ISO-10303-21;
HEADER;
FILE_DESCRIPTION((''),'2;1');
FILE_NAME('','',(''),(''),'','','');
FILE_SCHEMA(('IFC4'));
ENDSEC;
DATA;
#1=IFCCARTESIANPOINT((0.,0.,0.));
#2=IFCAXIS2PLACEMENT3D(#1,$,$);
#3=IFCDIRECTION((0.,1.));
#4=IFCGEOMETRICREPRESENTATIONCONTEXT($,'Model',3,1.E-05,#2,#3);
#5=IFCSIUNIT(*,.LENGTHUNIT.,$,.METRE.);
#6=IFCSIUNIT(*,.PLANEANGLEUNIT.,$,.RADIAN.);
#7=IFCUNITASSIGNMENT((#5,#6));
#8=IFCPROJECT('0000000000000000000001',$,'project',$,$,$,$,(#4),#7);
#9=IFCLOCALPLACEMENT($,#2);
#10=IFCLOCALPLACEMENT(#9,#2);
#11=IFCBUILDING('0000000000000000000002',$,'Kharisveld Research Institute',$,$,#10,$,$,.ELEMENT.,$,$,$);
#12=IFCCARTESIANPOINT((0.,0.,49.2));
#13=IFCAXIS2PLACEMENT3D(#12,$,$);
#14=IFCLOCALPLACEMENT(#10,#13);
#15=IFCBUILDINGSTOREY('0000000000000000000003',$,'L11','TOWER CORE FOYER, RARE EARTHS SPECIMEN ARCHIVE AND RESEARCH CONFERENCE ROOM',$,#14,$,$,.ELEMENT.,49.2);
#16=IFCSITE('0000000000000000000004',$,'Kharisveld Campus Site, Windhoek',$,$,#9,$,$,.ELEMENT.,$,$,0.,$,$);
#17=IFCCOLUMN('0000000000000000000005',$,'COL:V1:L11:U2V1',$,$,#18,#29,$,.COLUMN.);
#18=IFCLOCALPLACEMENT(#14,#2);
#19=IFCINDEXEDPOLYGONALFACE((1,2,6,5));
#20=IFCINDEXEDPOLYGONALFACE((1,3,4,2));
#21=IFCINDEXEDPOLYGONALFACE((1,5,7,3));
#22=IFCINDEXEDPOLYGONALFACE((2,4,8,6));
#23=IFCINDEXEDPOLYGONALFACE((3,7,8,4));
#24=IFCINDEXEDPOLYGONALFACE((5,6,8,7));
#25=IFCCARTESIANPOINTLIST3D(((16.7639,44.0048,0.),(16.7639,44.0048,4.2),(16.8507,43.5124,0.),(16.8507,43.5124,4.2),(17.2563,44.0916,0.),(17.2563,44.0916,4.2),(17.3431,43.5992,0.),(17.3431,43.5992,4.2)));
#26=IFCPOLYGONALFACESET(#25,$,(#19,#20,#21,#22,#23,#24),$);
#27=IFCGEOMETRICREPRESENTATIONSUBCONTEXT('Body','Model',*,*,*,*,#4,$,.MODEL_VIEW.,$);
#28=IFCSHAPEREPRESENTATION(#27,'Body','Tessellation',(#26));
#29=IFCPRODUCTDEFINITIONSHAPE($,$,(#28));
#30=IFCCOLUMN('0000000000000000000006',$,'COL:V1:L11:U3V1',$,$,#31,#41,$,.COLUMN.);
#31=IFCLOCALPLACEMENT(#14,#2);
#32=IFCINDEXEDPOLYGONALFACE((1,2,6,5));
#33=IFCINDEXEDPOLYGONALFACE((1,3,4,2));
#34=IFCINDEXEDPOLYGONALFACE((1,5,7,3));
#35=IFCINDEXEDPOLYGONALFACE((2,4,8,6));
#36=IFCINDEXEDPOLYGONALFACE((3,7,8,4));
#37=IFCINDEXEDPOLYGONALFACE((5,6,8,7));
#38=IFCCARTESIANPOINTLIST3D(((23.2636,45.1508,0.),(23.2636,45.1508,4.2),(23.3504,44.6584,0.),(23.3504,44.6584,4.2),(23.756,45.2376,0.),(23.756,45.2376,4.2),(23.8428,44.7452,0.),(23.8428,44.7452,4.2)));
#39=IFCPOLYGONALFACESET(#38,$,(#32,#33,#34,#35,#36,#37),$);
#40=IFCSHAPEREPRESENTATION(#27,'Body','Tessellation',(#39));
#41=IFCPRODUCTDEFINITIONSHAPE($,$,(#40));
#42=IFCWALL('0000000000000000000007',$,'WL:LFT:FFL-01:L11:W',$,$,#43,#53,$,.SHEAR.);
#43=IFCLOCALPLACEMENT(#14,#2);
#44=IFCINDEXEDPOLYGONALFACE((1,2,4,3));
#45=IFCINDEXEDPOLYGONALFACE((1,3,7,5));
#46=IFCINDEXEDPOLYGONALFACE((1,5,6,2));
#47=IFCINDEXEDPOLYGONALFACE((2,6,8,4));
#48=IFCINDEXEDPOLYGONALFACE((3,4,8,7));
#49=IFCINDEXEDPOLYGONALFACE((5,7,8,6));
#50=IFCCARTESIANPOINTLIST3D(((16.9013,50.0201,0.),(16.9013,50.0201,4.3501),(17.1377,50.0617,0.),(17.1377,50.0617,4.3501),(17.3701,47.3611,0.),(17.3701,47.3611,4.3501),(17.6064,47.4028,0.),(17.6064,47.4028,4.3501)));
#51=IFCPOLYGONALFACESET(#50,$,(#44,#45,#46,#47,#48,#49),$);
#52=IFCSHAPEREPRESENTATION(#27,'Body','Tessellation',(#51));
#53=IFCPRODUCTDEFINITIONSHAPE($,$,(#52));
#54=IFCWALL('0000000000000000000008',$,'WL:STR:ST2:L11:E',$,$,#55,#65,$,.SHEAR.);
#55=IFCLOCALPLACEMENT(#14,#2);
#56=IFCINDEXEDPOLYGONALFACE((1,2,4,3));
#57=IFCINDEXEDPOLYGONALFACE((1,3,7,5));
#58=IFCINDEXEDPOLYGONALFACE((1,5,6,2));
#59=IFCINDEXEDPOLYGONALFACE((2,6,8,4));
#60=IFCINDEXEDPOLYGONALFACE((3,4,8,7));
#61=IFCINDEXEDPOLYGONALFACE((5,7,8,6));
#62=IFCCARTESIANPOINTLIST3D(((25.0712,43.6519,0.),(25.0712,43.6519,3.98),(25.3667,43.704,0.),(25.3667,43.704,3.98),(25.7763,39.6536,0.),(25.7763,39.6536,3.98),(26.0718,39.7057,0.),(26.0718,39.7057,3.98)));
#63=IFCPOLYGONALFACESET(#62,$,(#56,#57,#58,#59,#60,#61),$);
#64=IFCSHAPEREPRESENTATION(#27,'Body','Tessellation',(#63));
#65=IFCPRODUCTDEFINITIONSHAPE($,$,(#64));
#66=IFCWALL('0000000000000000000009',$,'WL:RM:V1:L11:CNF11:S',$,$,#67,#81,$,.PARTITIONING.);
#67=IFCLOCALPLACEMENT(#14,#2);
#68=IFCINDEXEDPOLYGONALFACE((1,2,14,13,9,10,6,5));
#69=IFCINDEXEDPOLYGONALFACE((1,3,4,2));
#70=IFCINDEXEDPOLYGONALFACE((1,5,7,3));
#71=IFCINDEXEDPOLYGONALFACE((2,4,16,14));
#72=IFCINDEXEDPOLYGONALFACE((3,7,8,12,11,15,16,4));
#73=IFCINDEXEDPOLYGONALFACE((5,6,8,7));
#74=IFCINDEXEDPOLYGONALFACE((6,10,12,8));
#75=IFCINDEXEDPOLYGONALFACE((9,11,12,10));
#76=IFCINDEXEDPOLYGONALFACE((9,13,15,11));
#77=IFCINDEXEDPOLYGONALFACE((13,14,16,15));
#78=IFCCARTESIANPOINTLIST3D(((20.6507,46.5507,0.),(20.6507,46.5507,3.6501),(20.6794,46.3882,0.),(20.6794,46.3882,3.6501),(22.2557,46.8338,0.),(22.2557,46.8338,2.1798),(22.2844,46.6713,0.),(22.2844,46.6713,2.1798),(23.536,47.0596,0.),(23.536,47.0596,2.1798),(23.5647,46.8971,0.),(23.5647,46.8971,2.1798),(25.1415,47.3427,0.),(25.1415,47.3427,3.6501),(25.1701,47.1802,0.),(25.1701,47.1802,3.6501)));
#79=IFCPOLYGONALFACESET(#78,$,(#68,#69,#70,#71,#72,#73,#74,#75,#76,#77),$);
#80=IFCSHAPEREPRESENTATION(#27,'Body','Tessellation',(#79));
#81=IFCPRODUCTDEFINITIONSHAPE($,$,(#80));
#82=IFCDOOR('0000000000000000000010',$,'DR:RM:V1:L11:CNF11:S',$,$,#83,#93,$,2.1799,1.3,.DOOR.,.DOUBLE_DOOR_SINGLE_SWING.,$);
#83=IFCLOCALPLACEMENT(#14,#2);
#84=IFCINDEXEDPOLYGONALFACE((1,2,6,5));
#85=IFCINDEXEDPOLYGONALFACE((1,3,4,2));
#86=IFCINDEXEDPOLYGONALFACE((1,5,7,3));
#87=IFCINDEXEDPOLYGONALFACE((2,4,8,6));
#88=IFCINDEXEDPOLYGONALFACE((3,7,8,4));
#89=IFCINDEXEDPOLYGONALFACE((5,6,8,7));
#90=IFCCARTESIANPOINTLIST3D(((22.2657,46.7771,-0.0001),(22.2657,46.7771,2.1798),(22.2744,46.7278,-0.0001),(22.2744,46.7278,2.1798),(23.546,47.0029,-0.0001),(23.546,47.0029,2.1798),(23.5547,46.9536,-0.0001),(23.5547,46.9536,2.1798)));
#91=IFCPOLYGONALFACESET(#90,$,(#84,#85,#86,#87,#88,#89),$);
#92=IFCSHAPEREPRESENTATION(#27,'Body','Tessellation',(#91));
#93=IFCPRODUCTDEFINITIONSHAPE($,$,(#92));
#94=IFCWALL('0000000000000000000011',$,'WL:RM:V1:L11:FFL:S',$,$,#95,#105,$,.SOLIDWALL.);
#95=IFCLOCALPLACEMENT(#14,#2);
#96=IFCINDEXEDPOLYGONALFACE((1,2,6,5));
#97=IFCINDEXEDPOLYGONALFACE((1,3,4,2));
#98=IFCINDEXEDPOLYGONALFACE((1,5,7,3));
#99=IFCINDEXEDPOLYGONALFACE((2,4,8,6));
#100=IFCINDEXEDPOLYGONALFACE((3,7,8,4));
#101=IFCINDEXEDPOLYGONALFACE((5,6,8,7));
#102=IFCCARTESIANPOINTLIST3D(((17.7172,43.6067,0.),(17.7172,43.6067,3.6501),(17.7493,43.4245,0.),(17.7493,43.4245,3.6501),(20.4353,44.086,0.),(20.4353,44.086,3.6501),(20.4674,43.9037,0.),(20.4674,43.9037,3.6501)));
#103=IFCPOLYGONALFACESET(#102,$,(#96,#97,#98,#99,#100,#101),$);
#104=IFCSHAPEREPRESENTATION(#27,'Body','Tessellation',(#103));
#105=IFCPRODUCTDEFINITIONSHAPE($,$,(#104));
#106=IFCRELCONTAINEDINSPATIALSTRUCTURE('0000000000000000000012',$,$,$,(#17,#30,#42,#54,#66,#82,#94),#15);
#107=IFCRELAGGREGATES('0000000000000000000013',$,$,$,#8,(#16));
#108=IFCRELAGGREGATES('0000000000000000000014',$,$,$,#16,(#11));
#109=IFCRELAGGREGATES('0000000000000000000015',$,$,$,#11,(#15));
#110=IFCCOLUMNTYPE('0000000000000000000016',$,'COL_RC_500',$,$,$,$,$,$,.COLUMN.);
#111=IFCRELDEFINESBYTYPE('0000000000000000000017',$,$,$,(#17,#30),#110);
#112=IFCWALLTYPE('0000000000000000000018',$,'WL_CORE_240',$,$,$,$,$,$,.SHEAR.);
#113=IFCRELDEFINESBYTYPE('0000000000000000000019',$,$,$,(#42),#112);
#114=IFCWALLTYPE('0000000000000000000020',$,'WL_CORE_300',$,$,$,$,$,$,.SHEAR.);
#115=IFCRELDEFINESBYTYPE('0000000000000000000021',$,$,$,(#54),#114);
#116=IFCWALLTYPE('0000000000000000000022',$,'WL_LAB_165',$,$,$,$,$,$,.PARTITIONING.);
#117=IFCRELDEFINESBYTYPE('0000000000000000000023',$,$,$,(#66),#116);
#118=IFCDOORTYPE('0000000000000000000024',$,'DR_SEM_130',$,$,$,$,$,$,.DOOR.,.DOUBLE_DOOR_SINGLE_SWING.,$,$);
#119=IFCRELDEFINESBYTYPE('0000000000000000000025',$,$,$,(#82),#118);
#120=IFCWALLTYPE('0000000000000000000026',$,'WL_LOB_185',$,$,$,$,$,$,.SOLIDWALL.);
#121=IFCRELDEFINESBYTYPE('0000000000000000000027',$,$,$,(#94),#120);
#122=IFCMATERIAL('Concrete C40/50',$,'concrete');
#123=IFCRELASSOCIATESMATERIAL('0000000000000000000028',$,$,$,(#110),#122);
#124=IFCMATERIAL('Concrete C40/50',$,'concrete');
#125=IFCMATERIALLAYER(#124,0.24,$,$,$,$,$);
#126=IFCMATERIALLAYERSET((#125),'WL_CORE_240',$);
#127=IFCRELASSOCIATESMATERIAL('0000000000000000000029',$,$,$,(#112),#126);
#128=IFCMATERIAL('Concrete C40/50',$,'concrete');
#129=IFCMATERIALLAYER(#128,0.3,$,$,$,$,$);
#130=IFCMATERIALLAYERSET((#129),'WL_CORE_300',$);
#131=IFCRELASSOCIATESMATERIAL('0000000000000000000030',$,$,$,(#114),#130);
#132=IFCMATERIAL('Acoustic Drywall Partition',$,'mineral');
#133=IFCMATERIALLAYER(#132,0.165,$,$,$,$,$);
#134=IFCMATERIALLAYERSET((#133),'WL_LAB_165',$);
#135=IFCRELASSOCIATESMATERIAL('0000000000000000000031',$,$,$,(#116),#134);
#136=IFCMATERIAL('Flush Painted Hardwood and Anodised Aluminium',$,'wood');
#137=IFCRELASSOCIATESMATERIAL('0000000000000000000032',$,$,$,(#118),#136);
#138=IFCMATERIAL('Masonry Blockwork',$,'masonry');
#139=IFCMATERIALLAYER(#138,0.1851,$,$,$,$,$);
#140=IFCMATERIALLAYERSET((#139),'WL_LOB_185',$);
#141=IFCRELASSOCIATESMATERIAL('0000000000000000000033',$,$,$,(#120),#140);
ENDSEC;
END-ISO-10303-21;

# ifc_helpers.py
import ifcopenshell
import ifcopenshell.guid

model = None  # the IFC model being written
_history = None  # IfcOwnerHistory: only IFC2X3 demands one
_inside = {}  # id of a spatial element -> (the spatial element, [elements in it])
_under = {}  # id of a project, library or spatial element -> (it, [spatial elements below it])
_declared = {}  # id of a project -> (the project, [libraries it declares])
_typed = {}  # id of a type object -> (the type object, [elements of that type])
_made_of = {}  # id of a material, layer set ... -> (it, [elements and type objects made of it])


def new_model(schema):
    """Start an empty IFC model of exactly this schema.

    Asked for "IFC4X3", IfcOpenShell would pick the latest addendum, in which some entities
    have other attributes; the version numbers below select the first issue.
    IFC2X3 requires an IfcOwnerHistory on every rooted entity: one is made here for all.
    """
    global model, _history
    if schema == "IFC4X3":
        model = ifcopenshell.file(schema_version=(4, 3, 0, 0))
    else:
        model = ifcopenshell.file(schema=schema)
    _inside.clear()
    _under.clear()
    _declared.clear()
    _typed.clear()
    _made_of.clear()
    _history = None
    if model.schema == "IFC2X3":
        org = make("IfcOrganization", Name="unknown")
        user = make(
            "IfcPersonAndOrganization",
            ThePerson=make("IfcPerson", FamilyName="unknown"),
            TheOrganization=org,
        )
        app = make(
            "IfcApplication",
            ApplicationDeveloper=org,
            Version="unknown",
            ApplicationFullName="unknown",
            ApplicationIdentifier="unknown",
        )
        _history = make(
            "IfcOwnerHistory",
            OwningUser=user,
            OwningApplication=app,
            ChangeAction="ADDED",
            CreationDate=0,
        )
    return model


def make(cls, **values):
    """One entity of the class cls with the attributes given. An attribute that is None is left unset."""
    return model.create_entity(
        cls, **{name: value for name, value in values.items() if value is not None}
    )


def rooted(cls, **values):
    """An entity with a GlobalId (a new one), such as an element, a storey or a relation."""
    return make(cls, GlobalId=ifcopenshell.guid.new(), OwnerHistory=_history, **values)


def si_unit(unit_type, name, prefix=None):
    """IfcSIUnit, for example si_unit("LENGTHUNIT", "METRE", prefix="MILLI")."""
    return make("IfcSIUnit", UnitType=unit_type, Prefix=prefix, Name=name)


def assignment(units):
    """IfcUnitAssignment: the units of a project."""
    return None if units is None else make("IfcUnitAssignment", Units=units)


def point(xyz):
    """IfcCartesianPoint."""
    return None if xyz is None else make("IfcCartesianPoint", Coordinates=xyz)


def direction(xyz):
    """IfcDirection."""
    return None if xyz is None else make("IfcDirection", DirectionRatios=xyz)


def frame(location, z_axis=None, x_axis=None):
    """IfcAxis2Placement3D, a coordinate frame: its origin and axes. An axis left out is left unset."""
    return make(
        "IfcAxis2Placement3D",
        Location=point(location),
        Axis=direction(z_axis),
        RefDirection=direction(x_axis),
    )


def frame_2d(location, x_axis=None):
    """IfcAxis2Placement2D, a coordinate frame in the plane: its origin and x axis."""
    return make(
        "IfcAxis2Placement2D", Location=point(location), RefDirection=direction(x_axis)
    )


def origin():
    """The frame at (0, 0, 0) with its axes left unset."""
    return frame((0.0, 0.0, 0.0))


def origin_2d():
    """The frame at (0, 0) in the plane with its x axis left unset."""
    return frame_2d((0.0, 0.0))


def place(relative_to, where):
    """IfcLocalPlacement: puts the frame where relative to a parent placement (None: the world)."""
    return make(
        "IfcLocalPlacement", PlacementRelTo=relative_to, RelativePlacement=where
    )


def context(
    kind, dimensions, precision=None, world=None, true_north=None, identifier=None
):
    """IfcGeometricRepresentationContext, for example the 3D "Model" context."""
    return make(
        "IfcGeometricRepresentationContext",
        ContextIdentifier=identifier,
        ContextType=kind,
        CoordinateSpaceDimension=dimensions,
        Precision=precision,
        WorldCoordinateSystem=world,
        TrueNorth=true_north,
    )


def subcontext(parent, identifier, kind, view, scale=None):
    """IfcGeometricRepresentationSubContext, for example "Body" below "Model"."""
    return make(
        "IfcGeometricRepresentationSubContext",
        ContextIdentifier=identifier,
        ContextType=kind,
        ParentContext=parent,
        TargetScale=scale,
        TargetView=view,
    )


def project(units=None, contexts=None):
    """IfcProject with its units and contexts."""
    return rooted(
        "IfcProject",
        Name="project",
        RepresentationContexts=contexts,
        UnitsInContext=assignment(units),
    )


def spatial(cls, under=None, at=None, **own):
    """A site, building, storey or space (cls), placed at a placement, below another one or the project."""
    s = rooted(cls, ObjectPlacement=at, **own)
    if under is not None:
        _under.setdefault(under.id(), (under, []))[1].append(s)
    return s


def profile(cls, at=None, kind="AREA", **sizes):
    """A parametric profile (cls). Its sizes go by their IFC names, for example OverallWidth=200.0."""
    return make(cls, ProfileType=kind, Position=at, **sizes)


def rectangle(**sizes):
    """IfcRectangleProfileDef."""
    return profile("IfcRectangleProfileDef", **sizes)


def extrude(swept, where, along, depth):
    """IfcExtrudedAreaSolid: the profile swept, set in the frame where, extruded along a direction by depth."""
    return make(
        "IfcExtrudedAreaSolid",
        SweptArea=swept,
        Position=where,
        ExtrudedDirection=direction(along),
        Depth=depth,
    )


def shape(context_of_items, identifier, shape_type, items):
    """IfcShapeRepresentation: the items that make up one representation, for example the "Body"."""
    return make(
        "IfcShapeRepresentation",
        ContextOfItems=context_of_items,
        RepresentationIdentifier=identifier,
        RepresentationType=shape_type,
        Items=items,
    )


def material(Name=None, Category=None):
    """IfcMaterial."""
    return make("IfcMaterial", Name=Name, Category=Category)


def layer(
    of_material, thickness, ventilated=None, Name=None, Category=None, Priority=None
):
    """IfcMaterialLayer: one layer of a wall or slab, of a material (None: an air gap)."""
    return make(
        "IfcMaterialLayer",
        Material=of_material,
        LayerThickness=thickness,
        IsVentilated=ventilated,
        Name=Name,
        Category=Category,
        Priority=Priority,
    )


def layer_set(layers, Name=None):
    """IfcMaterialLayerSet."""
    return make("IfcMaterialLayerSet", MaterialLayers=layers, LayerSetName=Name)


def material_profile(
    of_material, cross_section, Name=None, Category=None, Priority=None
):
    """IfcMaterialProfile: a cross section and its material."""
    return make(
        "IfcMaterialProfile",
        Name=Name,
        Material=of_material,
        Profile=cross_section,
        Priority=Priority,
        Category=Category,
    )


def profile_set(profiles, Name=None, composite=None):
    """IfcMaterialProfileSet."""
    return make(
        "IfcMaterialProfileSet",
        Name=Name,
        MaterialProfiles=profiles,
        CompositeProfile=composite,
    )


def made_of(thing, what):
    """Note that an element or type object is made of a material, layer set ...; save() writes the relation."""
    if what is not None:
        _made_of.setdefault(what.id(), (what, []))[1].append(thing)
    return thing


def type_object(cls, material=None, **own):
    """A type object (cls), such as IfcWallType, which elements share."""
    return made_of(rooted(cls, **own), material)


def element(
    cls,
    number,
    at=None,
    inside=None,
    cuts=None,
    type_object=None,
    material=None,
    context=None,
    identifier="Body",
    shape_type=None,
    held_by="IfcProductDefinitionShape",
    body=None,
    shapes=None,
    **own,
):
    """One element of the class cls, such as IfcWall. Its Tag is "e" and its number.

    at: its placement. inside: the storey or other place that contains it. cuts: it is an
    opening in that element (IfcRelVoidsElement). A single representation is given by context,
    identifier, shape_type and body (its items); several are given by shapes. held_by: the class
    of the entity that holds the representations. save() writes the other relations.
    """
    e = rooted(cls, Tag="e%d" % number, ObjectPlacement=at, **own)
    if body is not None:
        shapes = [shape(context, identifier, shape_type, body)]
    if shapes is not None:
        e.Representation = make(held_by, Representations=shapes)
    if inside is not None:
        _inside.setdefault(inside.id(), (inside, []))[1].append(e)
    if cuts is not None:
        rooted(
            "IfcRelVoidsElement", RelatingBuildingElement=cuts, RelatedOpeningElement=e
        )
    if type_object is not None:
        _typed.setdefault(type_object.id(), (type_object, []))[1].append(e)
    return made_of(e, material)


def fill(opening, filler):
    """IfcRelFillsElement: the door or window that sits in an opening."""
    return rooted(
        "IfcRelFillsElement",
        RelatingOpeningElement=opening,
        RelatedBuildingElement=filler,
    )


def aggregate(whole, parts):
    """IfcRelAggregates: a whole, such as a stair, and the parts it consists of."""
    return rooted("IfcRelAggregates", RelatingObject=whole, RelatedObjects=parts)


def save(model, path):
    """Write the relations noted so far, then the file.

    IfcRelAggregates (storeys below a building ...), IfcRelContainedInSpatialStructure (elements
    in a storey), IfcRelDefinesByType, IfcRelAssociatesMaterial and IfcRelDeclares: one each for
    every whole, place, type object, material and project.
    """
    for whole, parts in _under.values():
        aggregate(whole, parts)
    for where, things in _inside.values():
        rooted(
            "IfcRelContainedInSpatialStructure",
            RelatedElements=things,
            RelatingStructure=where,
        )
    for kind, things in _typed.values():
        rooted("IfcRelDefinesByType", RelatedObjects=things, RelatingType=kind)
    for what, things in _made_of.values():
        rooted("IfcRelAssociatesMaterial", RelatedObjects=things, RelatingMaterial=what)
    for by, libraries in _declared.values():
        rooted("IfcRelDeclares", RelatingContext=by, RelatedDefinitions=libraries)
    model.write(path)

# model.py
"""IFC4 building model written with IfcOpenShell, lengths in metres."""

from ifc_helpers import new_model, si_unit, direction, frame, frame_2d, origin, origin_2d, place, context, subcontext, project, spatial, rectangle, extrude, material, layer, layer_set, material_profile, profile_set, type_object, element, fill, save


model = new_model("IFC4")

# Units and contexts
model_context = context("Model", 3, precision=1e-05, world=origin(), true_north=direction((0.0, 1.0)))
body_context = subcontext(model_context, "Body", "Model", "MODEL_VIEW")
ifc_project = project(units=[si_unit("LENGTHUNIT", "METRE"), si_unit("PLANEANGLEUNIT", "RADIAN")], contexts=[model_context])

# Site, building, storey
site_placement = place(None, origin())
site = spatial("IfcSite", under=ifc_project, at=site_placement, Name="Kharisveld Campus Site, Windhoek", CompositionType="ELEMENT", RefElevation=0.0)
building_placement = place(site_placement, origin())
building = spatial("IfcBuilding", under=site, at=building_placement, Name="Kharisveld Research Institute", CompositionType="ELEMENT")
storey_placement = place(building_placement, frame((0.0, 0.0, 49.2)))
storey = spatial("IfcBuildingStorey", under=building, at=storey_placement, Name="L11", Description="TOWER CORE FOYER, RARE EARTHS SPECIMEN ARCHIVE AND RESEARCH CONFERENCE ROOM", CompositionType="ELEMENT", Elevation=49.2)

# Columns
ifc_material_1 = material(Name="Concrete C40/50", Category="concrete")
ifc_material_profile = material_profile(ifc_material_1, rectangle(XDim=0.5, YDim=0.5, at=origin_2d()))
ifc_profile_set = profile_set([ifc_material_profile], Name="Concrete C40/50")
column_type = type_object("IfcColumnType", Name="COL_RC_500", PredefinedType="COLUMN", material=ifc_profile_set)
for number, where, z_axis, x_axis, name in (
    (1, (17.0535, 43.802, 0.0), (0.0, 0.0, 1.0), (0.984808, 0.173648, 0.0), "COL:V1:L11:U2V1"),
    (2, (23.5532, 44.948, 0.0), (0.0, 0.0, 1.0), (0.984808, 0.173648, 0.0), "COL:V1:L11:U3V1"),
):
    element("IfcColumn", number, at=place(storey_placement, frame(where, z_axis=z_axis, x_axis=x_axis)), inside=storey, type_object=column_type, Name=name, PredefinedType="COLUMN", context=body_context, shape_type="SweptSolid", body=[
        extrude(rectangle(XDim=0.5, YDim=0.5, at=origin_2d()), origin(), (0.0, 0.0, 1.0), 4.2),
    ])

# Wall
ifc_material_2 = material(Name="Concrete C40/50", Category="concrete")
ifc_layer_1 = layer(ifc_material_2, 0.24)
ifc_layer_set_1 = layer_set([ifc_layer_1], Name="WL_CORE_240")
wall_type_1 = type_object("IfcWallType", Name="WL_CORE_240", PredefinedType="SHEAR", material=ifc_layer_set_1)
wall_1_placement = place(storey_placement, frame((17.4883, 47.3818, 0.0), z_axis=(0.0, 0.0, 1.0), x_axis=(-0.173615, 0.984814, 0.0)))
element("IfcWall", 3, at=wall_1_placement, inside=storey, type_object=wall_type_1, Name="WL:LFT:FFL-01:L11:W", PredefinedType="SHEAR", context=body_context, shape_type="SweptSolid", body=[
    extrude(rectangle(XDim=2.7, YDim=0.24, at=frame_2d((1.3501, 0.0))), origin(), (0.0, 0.0, 1.0), 4.3501),
])

# Shared definitions
ifc_material_3 = material(Name="Concrete C40/50", Category="concrete")
ifc_layer_2 = layer(ifc_material_3, 0.3)
ifc_layer_set_2 = layer_set([ifc_layer_2], Name="WL_CORE_300")
wall_type_2 = type_object("IfcWallType", Name="WL_CORE_300", PredefinedType="SHEAR", material=ifc_layer_set_2)

# Wall
wall_2_placement = place(storey_placement, frame((25.219, 43.678, 0.0), z_axis=(0.0, 0.0, 1.0), x_axis=(0.173665, -0.984805, 0.0)))
element("IfcWall", 4, at=wall_2_placement, inside=storey, type_object=wall_type_2, Name="WL:STR:ST2:L11:E", PredefinedType="SHEAR", context=body_context, shape_type="SweptSolid", body=[
    extrude(rectangle(XDim=4.0601, YDim=0.3, at=frame_2d((2.03, 0.0))), origin(), (0.0, 0.0, 1.0), 3.98),
])

# Wall, opening, door
ifc_material_4 = material(Name="Acoustic Drywall Partition", Category="mineral")
ifc_layer_3 = layer(ifc_material_4, 0.165)
ifc_layer_set_3 = layer_set([ifc_layer_3], Name="WL_LAB_165")
wall_type_3 = type_object("IfcWallType", Name="WL_LAB_165", PredefinedType="PARTITIONING", material=ifc_layer_set_3)
wall_3_placement = place(storey_placement, frame((20.665, 46.4695, 0.0), z_axis=(0.0, 0.0, 1.0), x_axis=(0.984802, 0.173681, 0.0)))
wall_3 = element("IfcWall", 5, at=wall_3_placement, inside=storey, type_object=wall_type_3, Name="WL:RM:V1:L11:CNF11:S", PredefinedType="PARTITIONING", context=body_context, shape_type="SweptSolid", body=[
    extrude(rectangle(XDim=4.5601, YDim=0.165, at=frame_2d((2.28, 0.0))), origin(), (0.0, 0.0, 1.0), 3.6501),
])
opening_1_placement = place(wall_3_placement, frame((1.6299, 0.0, 0.0)))
opening_1 = element("IfcOpeningElement", 6, at=opening_1_placement, cuts=wall_3, PredefinedType="OPENING", context=body_context, shape_type="SweptSolid", body=[
    extrude(rectangle(XDim=1.3, YDim=2.1799, at=frame_2d((0.6499, 1.0898))), frame((0.0, 0.0825, 0.0), z_axis=(0.0, -1.0, 0.0), x_axis=(1.0, 0.0, 0.0)), (0.0, 0.0, 1.0), 0.165),
])
ifc_material_5 = material(Name="Flush Painted Hardwood and Anodised Aluminium", Category="wood")
door_type_1 = type_object("IfcDoorType", Name="DR_SEM_130", OperationType="DOUBLE_DOOR_SINGLE_SWING", PredefinedType="DOOR", material=ifc_material_5)
door_1_placement = place(opening_1_placement, origin())
door_1 = element("IfcDoor", 7, at=door_1_placement, inside=storey, type_object=door_type_1, Name="DR:RM:V1:L11:CNF11:S", OperationType="DOUBLE_DOOR_SINGLE_SWING", OverallHeight=2.1799, OverallWidth=1.3, PredefinedType="DOOR", context=body_context, shape_type="SweptSolid", body=[
    extrude(rectangle(XDim=1.3, YDim=2.1799, at=frame_2d((0.6499, 1.0898))), frame((0.0, 0.0249, 0.0), z_axis=(0.0, -1.0, 0.0), x_axis=(1.0, 0.0, 0.0)), (0.0, 0.0, 1.0), 0.05),
])
fill(opening_1, door_1)

# Wall
ifc_material_6 = material(Name="Masonry Blockwork", Category="masonry")
ifc_layer_4 = layer(ifc_material_6, 0.1851)
ifc_layer_set_4 = layer_set([ifc_layer_4], Name="WL_LOB_185")
wall_type_4 = type_object("IfcWallType", Name="WL_LOB_185", PredefinedType="SOLIDWALL", material=ifc_layer_set_4)
wall_4_placement = place(storey_placement, frame((17.7334, 43.5156, 0.0), z_axis=(0.0, 0.0, 1.0), x_axis=(0.984808, 0.173644, 0.0)))
element("IfcWall", 8, at=wall_4_placement, inside=storey, type_object=wall_type_4, Name="WL:RM:V1:L11:FFL:S", PredefinedType="SOLIDWALL", context=body_context, shape_type="SweptSolid", body=[
    extrude(rectangle(XDim=2.76, YDim=0.1851, at=frame_2d((1.3799, 0.0))), origin(), (0.0, 0.0, 1.0), 3.6501),
])

save(model, "model.ifc")
